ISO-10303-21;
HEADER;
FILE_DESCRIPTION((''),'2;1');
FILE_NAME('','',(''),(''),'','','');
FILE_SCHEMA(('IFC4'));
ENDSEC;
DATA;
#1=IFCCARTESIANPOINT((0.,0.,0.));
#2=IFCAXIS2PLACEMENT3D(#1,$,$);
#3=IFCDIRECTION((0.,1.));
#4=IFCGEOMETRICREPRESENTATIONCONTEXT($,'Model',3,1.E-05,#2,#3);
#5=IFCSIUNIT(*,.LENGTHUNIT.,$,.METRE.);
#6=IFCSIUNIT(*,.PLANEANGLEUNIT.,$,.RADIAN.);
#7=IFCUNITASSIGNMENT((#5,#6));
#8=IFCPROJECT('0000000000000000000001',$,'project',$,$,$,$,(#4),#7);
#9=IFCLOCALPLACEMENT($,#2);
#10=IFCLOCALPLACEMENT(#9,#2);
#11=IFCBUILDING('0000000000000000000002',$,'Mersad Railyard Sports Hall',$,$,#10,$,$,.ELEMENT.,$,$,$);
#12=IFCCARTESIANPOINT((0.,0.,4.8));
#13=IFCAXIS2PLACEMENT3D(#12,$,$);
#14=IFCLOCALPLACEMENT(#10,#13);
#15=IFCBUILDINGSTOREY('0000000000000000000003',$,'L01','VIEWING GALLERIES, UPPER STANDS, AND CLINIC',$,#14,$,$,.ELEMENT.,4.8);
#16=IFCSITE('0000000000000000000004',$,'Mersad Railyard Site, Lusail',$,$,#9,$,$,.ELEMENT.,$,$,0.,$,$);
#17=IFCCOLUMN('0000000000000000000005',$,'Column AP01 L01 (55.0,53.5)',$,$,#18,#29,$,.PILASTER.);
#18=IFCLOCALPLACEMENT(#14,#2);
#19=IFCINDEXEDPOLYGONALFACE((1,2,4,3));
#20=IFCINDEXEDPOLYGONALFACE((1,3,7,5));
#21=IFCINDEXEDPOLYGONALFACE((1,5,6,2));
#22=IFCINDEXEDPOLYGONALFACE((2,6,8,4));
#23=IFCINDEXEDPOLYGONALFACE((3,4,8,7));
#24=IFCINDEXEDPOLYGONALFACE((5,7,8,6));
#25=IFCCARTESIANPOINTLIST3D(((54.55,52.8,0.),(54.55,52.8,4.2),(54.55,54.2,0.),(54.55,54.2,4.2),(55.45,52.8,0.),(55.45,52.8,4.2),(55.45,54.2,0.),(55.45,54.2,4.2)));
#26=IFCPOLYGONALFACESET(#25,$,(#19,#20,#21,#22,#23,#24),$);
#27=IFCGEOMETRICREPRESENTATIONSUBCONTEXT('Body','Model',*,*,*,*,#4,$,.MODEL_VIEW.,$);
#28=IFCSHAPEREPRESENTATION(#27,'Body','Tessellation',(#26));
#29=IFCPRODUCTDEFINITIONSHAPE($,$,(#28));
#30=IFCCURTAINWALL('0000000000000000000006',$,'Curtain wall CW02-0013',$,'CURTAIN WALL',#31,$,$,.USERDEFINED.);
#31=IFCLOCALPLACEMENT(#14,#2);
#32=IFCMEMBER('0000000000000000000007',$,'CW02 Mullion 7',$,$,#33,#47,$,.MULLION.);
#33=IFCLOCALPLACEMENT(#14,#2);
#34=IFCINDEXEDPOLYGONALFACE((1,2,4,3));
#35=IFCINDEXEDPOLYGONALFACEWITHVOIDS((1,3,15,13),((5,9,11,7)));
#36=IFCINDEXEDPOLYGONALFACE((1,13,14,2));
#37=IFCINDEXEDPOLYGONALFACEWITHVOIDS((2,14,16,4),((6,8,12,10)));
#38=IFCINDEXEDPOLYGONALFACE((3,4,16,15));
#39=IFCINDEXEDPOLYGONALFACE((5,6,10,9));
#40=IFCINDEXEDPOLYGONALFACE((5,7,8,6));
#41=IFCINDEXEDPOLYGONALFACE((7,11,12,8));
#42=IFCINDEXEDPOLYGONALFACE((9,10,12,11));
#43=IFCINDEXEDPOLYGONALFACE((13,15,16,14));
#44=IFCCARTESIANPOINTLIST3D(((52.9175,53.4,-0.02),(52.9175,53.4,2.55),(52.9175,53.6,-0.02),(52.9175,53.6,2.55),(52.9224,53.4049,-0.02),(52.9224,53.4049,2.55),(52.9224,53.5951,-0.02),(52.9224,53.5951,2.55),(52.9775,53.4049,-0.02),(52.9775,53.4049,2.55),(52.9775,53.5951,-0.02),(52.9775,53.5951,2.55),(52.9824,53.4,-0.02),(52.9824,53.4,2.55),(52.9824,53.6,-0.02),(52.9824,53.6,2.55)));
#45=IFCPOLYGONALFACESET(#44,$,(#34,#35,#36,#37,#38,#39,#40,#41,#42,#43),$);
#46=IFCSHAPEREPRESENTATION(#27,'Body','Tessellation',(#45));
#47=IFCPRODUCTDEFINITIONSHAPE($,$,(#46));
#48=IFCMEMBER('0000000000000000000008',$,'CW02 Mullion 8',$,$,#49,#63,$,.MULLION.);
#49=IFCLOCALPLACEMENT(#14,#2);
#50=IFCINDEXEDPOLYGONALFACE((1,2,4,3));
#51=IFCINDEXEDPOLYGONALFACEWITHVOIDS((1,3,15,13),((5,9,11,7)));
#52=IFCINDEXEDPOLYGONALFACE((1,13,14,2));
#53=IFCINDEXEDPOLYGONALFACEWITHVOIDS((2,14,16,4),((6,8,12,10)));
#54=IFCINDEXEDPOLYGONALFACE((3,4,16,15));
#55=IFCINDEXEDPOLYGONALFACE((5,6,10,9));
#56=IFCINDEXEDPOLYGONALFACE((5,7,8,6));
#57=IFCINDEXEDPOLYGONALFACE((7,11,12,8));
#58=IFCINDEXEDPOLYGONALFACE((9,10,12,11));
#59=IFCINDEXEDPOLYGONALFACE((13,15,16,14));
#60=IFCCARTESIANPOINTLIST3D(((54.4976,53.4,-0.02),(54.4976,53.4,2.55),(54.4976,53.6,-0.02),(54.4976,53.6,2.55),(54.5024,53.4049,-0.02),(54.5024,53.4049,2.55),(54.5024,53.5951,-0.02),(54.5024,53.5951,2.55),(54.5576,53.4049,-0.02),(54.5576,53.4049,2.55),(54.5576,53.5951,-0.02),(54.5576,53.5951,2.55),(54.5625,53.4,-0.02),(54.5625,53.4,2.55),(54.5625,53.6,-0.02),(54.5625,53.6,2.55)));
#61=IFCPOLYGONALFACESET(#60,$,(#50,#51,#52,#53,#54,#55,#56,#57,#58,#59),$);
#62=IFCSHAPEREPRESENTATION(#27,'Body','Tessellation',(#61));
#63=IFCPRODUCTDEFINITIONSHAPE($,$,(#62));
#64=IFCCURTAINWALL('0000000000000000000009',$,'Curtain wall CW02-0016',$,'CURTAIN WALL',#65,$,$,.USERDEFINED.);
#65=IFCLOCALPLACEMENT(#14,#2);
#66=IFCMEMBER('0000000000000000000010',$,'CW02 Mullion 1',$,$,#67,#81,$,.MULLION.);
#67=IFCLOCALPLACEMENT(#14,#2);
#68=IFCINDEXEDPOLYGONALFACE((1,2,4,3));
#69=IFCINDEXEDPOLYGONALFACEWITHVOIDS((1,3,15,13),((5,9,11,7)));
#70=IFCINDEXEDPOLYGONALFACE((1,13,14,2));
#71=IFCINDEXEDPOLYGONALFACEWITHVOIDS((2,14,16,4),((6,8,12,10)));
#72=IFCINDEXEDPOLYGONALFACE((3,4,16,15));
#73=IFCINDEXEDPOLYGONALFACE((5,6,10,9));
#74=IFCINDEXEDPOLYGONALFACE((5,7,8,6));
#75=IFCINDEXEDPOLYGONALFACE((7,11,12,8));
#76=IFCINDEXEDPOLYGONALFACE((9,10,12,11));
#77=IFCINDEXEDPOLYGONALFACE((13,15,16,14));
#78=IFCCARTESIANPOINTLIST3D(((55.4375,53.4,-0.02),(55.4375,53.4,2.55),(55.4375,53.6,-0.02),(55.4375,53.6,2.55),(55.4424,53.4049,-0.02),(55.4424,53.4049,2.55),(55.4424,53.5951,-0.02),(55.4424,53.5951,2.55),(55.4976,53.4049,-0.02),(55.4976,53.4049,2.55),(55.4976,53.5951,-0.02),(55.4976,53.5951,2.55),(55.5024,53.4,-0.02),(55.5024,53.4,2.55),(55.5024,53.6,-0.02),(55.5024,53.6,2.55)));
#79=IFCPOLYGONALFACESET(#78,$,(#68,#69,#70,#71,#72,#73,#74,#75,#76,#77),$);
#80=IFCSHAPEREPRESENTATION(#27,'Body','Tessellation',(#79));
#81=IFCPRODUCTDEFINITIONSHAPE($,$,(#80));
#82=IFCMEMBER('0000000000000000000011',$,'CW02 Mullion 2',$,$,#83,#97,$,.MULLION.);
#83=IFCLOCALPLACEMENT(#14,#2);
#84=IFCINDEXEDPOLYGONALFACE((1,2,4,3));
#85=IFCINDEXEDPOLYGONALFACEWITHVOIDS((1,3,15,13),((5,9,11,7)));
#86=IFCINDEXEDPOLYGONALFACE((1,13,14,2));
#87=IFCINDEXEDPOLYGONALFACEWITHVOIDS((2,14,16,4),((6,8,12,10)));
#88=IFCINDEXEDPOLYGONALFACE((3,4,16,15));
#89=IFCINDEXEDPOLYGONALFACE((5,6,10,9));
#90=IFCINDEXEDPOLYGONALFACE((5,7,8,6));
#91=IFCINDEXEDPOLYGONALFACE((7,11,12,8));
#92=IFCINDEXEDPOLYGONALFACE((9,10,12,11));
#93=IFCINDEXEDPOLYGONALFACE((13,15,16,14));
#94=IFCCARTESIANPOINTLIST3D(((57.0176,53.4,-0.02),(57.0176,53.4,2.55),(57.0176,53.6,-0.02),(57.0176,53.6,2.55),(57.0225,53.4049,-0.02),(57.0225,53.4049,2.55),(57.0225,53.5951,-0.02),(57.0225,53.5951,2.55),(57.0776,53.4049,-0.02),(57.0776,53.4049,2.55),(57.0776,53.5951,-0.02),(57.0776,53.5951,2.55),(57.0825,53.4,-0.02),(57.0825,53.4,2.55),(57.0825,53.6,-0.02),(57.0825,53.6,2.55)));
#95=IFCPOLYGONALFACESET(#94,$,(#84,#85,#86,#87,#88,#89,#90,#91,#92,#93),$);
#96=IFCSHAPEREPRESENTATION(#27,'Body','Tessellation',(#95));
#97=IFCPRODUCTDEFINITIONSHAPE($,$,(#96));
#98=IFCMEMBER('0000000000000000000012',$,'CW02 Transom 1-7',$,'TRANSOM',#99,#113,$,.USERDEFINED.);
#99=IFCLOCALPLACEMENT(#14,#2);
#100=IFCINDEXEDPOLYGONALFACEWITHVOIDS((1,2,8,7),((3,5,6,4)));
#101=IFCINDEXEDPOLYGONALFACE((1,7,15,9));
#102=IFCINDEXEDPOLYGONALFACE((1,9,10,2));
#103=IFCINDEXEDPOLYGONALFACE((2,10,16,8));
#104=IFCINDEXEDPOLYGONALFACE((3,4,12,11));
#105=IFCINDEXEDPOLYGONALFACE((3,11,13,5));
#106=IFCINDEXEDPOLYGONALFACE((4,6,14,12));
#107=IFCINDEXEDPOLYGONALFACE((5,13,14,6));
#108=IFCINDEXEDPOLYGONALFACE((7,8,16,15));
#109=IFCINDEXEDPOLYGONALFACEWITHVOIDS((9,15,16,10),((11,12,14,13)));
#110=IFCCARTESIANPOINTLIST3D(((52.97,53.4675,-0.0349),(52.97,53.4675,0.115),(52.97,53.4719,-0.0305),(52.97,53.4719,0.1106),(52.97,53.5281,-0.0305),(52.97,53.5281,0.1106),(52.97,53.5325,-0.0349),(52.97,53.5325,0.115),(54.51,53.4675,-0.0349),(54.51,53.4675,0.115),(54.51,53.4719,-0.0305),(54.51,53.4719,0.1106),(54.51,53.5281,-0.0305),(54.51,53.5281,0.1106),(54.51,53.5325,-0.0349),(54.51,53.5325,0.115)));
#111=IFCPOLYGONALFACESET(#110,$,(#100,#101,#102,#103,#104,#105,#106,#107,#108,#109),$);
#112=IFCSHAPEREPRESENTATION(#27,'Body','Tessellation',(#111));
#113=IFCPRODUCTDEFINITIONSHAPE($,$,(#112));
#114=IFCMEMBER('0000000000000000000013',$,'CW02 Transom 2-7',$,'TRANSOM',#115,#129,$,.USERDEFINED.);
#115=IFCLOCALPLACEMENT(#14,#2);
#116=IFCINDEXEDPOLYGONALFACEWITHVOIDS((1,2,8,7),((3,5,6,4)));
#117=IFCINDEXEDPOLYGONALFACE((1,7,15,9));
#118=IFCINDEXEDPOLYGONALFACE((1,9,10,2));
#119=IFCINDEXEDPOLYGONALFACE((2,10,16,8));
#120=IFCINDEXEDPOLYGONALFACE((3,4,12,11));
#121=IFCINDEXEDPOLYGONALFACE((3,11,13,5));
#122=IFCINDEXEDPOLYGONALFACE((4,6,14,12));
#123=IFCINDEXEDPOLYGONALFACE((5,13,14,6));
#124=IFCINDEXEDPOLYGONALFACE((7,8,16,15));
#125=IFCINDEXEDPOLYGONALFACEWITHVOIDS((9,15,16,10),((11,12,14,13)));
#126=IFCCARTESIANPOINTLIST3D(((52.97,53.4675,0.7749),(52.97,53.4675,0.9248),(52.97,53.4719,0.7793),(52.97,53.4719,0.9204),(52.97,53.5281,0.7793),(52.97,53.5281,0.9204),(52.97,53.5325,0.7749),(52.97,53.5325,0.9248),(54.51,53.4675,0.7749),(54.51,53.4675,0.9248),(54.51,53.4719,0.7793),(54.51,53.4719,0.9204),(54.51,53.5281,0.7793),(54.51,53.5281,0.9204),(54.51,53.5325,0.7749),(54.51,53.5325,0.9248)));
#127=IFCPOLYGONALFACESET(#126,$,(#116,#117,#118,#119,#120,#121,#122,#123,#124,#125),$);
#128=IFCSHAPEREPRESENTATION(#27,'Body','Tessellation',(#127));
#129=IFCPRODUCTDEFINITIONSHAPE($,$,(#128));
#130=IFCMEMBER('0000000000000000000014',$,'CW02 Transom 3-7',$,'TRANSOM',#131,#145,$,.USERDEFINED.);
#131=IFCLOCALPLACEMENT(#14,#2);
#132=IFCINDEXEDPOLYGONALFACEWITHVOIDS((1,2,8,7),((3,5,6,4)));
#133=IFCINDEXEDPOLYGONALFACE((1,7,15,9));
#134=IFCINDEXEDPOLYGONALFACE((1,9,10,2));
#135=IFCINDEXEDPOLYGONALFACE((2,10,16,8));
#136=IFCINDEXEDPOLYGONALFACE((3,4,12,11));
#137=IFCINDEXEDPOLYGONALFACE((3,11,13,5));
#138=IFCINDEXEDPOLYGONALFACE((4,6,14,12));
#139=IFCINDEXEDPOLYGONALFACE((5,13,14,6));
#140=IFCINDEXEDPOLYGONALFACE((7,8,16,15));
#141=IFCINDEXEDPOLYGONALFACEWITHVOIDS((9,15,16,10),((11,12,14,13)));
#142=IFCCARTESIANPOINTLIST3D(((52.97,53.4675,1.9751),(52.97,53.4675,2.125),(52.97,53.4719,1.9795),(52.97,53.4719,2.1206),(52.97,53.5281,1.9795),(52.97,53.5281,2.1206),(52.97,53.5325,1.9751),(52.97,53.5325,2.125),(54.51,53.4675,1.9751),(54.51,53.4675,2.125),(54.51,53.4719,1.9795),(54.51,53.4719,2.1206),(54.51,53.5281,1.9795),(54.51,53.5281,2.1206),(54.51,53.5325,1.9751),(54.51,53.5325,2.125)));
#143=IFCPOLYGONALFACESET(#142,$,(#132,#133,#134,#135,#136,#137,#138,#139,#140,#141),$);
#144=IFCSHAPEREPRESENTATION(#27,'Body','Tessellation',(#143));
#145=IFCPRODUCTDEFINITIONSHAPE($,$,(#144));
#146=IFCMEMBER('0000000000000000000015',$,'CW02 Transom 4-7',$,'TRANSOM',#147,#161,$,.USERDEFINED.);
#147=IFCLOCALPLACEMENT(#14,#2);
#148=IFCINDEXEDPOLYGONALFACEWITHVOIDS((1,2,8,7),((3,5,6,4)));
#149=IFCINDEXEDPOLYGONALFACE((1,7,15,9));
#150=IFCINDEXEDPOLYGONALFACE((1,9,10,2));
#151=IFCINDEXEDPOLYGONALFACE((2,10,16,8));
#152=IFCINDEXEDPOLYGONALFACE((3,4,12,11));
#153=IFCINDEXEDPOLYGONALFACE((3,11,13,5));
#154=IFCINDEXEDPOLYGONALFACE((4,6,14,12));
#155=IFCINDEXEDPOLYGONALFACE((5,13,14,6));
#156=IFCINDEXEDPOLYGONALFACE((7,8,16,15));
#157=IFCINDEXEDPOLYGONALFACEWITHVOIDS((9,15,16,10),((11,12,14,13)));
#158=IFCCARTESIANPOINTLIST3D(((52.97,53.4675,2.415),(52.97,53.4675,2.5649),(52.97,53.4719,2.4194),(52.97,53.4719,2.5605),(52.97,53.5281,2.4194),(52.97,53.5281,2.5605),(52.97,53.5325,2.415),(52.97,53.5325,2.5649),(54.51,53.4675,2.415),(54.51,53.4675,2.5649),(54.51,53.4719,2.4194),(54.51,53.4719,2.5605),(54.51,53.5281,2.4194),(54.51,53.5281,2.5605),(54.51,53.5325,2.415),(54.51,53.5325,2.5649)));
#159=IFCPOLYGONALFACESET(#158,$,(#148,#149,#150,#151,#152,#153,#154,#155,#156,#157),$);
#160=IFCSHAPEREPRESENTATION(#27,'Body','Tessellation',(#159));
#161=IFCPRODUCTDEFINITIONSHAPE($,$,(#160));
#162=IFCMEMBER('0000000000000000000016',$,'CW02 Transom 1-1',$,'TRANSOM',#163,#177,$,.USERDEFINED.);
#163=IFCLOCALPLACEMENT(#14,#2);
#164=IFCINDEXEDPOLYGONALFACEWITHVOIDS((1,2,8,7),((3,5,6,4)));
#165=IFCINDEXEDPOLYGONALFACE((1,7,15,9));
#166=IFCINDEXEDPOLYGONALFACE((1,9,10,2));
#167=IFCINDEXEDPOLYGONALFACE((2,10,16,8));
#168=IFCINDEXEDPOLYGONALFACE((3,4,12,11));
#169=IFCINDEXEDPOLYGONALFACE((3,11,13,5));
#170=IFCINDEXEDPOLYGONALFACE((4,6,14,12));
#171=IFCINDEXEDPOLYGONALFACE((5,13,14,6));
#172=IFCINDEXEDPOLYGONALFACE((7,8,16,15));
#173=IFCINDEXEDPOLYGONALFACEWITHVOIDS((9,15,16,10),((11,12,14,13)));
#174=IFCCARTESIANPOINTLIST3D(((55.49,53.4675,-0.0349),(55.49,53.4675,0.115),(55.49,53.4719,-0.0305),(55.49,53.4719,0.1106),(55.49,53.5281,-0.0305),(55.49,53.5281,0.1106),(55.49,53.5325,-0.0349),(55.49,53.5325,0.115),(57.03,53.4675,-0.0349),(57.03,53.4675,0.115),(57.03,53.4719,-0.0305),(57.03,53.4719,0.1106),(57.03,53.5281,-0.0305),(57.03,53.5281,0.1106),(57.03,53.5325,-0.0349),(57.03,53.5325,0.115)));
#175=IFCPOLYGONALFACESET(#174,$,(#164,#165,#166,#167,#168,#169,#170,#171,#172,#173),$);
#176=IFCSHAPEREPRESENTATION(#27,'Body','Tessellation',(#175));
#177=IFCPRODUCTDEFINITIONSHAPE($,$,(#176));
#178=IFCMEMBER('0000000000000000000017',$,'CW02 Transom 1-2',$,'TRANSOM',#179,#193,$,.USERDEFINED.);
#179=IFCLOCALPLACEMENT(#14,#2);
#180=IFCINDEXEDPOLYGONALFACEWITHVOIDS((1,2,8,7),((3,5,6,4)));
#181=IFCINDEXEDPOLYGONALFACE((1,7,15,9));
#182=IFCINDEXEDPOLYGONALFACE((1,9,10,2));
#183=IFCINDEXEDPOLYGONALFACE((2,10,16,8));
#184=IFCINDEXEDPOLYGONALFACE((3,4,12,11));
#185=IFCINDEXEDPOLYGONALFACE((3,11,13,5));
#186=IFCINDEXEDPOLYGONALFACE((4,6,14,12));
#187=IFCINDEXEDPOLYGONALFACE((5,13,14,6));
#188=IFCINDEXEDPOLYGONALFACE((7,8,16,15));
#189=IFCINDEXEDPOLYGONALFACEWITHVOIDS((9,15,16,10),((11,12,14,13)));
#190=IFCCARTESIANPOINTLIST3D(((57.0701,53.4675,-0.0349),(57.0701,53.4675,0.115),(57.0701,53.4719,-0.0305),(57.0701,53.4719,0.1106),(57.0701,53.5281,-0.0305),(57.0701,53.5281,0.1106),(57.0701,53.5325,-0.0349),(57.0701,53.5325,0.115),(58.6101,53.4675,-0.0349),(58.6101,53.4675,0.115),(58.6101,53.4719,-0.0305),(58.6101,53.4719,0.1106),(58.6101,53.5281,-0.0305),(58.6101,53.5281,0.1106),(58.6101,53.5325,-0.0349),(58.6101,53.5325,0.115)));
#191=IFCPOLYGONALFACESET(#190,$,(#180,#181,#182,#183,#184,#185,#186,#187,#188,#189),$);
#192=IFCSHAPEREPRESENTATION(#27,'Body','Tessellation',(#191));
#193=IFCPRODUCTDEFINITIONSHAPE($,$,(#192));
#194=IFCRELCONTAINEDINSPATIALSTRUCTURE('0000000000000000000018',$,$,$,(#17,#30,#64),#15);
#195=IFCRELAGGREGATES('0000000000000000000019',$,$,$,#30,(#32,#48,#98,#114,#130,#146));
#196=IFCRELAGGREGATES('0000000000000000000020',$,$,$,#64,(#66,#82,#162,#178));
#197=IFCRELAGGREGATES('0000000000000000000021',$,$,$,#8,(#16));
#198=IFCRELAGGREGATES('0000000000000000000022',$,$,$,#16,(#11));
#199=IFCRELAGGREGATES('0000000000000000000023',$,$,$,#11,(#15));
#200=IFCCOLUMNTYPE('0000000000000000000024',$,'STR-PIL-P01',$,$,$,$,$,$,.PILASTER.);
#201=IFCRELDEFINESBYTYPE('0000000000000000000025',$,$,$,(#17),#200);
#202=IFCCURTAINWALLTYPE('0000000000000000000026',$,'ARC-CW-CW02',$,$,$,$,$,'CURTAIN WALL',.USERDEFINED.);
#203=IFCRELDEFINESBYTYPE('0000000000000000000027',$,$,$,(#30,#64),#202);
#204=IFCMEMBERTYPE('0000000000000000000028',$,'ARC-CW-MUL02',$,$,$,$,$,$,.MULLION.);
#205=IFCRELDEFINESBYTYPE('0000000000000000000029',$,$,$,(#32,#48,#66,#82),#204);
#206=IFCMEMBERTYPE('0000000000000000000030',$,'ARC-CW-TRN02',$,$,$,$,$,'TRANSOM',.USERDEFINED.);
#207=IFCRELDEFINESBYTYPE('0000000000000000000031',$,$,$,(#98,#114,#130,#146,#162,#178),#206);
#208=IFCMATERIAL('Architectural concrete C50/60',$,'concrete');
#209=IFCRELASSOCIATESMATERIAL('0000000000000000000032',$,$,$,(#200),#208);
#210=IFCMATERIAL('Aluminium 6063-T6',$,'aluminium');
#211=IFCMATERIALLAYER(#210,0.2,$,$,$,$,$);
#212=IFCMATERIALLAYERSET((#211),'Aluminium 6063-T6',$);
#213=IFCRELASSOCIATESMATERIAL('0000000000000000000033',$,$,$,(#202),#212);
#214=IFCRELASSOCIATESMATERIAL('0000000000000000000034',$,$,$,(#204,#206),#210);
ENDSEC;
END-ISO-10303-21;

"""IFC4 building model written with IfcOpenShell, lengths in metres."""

from ifc_helpers import new_model, si_unit, direction, frame, origin, origin_2d, place, context, subcontext, project, spatial, rectangle, hollow_rectangle, extrude, material, layer, layer_set, material_profile, profile_set, type_object, element, aggregate, save


model = new_model("IFC4")

# Units and contexts
model_context = context("Model", 3, precision=1e-05, world=origin(), true_north=direction((0.0, 1.0)))
body_context = subcontext(model_context, "Body", "Model", "MODEL_VIEW")
ifc_project = project(units=[si_unit("LENGTHUNIT", "METRE"), si_unit("PLANEANGLEUNIT", "RADIAN")], contexts=[model_context])

# Site, building, storey
site_placement = place(None, origin())
site = spatial("IfcSite", under=ifc_project, at=site_placement, Name="Mersad Railyard Site, Lusail", CompositionType="ELEMENT", RefElevation=0.0)
building_placement = place(site_placement, origin())
building = spatial("IfcBuilding", under=site, at=building_placement, Name="Mersad Railyard Sports Hall", CompositionType="ELEMENT")
storey_placement = place(building_placement, frame((0.0, 0.0, 4.8)))
storey = spatial("IfcBuildingStorey", under=building, at=storey_placement, Name="L01", Description="VIEWING GALLERIES, UPPER STANDS, AND CLINIC", CompositionType="ELEMENT", Elevation=4.8)

# Column
ifc_material_1 = material(Name="Architectural concrete C50/60", Category="concrete")
ifc_material_profile_1 = material_profile(ifc_material_1, rectangle(XDim=0.8999, YDim=1.3999, at=origin_2d()), Name="RC 900x1400")
ifc_profile_set_1 = profile_set([ifc_material_profile_1], Name="Architectural concrete C50/60")
column_type = type_object("IfcColumnType", Name="STR-PIL-P01", PredefinedType="PILASTER", material=ifc_profile_set_1)
column_placement = place(storey_placement, frame((55.0, 53.5, 0.0), z_axis=(0.0, 0.0, 1.0), x_axis=(1.0, 0.0, 0.0)))
element("IfcColumn", 1, at=column_placement, inside=storey, type_object=column_type, Name="Column AP01 L01 (55.0,53.5)", PredefinedType="PILASTER", context=body_context, shape_type="SweptSolid", body=[
    extrude(rectangle(XDim=0.8999, YDim=1.3999, at=origin_2d()), origin(), (0.0, 0.0, 1.0), 4.2),
])

# Curtain walls, members
ifc_material_2 = material(Name="Aluminium 6063-T6", Category="aluminium")
ifc_layer_1 = layer(ifc_material_2, 0.2)
ifc_layer_set_1 = layer_set([ifc_layer_1], Name="Aluminium 6063-T6")
curtain_wall_type = type_object("IfcCurtainWallType", Name="ARC-CW-CW02", ElementType="CURTAIN WALL", PredefinedType="USERDEFINED", material=ifc_layer_set_1)
curtain_wall_1_placement = place(storey_placement, origin())
curtain_wall_1 = element("IfcCurtainWall", 2, at=curtain_wall_1_placement, inside=storey, type_object=curtain_wall_type, Name="Curtain wall CW02-0013", ObjectType="CURTAIN WALL", PredefinedType="USERDEFINED")
ifc_material_profile_2 = material_profile(ifc_material_2, hollow_rectangle(XDim=0.0649, YDim=0.2, WallThickness=0.0049, at=origin_2d()), Name="AL MULLION 65x200x5")
ifc_profile_set_2 = profile_set([ifc_material_profile_2], Name="Aluminium 6063-T6")
member_type_1 = type_object("IfcMemberType", Name="ARC-CW-MUL02", PredefinedType="MULLION", material=ifc_profile_set_2)
member_1_placement = place(storey_placement, frame((52.95, 53.5, -0.02), z_axis=(0.0, 0.0, 1.0), x_axis=(1.0, 0.0, 0.0)))
member_1 = element("IfcMember", 3, at=member_1_placement, type_object=member_type_1, Name="CW02 Mullion 7", PredefinedType="MULLION", context=body_context, shape_type="SweptSolid", body=[
    extrude(hollow_rectangle(XDim=0.0649, YDim=0.2, WallThickness=0.0049, at=origin_2d()), origin(), (0.0, 0.0, 1.0), 2.5701),
])
member_2_placement = place(storey_placement, frame((54.53, 53.5, -0.02), z_axis=(0.0, 0.0, 1.0), x_axis=(1.0, 0.0, 0.0)))
member_2 = element("IfcMember", 4, at=member_2_placement, type_object=member_type_1, Name="CW02 Mullion 8", PredefinedType="MULLION", context=body_context, shape_type="SweptSolid", body=[
    extrude(hollow_rectangle(XDim=0.0649, YDim=0.2, WallThickness=0.0049, at=origin_2d()), origin(), (0.0, 0.0, 1.0), 2.5701),
])
curtain_wall_2_placement = place(storey_placement, origin())
curtain_wall_2 = element("IfcCurtainWall", 5, at=curtain_wall_2_placement, inside=storey, type_object=curtain_wall_type, Name="Curtain wall CW02-0016", ObjectType="CURTAIN WALL", PredefinedType="USERDEFINED")
member_3_placement = place(storey_placement, frame((55.47, 53.5, -0.02), z_axis=(0.0, 0.0, 1.0), x_axis=(1.0, 0.0, 0.0)))
member_3 = element("IfcMember", 6, at=member_3_placement, type_object=member_type_1, Name="CW02 Mullion 1", PredefinedType="MULLION", context=body_context, shape_type="SweptSolid", body=[
    extrude(hollow_rectangle(XDim=0.0649, YDim=0.2, WallThickness=0.0049, at=origin_2d()), origin(), (0.0, 0.0, 1.0), 2.5701),
])
member_4_placement = place(storey_placement, frame((57.05, 53.5, -0.02), z_axis=(0.0, 0.0, 1.0), x_axis=(1.0, 0.0, 0.0)))
member_4 = element("IfcMember", 7, at=member_4_placement, type_object=member_type_1, Name="CW02 Mullion 2", PredefinedType="MULLION", context=body_context, shape_type="SweptSolid", body=[
    extrude(hollow_rectangle(XDim=0.0649, YDim=0.2, WallThickness=0.0049, at=origin_2d()), origin(), (0.0, 0.0, 1.0), 2.5701),
])

# Members
ifc_material_profile_3 = material_profile(ifc_material_2, hollow_rectangle(XDim=0.0649, YDim=0.1499, WallThickness=0.0044, at=origin_2d()), Name="AL TRANSOM 65x150x4.5")
ifc_profile_set_3 = profile_set([ifc_material_profile_3], Name="Aluminium 6063-T6")
member_type_2 = type_object("IfcMemberType", Name="ARC-CW-TRN02", ElementType="TRANSOM", PredefinedType="USERDEFINED", material=ifc_profile_set_3)
member_5_placement = place(storey_placement, frame((52.97, 53.5, 0.04), z_axis=(1.0, 0.0, 0.0), x_axis=(0.0, 1.0, 0.0)))
member_5 = element("IfcMember", 8, at=member_5_placement, type_object=member_type_2, Name="CW02 Transom 1-7", ObjectType="TRANSOM", PredefinedType="USERDEFINED", context=body_context, shape_type="SweptSolid", body=[
    extrude(hollow_rectangle(XDim=0.0649, YDim=0.1499, WallThickness=0.0044, at=origin_2d()), origin(), (0.0, 0.0, 1.0), 1.54),
])
member_6_placement = place(storey_placement, frame((52.97, 53.5, 0.8499), z_axis=(1.0, 0.0, 0.0), x_axis=(0.0, 1.0, 0.0)))
member_6 = element("IfcMember", 9, at=member_6_placement, type_object=member_type_2, Name="CW02 Transom 2-7", ObjectType="TRANSOM", PredefinedType="USERDEFINED", context=body_context, shape_type="SweptSolid", body=[
    extrude(hollow_rectangle(XDim=0.0649, YDim=0.1499, WallThickness=0.0044, at=origin_2d()), origin(), (0.0, 0.0, 1.0), 1.54),
])
member_7_placement = place(storey_placement, frame((52.97, 53.5, 2.05), z_axis=(1.0, 0.0, 0.0), x_axis=(0.0, 1.0, 0.0)))
member_7 = element("IfcMember", 10, at=member_7_placement, type_object=member_type_2, Name="CW02 Transom 3-7", ObjectType="TRANSOM", PredefinedType="USERDEFINED", context=body_context, shape_type="SweptSolid", body=[
    extrude(hollow_rectangle(XDim=0.0649, YDim=0.1499, WallThickness=0.0044, at=origin_2d()), origin(), (0.0, 0.0, 1.0), 1.54),
])
member_8_placement = place(storey_placement, frame((52.97, 53.5, 2.49), z_axis=(1.0, 0.0, 0.0), x_axis=(0.0, 1.0, 0.0)))
member_8 = element("IfcMember", 11, at=member_8_placement, type_object=member_type_2, Name="CW02 Transom 4-7", ObjectType="TRANSOM", PredefinedType="USERDEFINED", context=body_context, shape_type="SweptSolid", body=[
    extrude(hollow_rectangle(XDim=0.0649, YDim=0.1499, WallThickness=0.0044, at=origin_2d()), origin(), (0.0, 0.0, 1.0), 1.54),
])
member_9_placement = place(storey_placement, frame((55.49, 53.5, 0.04), z_axis=(1.0, 0.0, 0.0), x_axis=(0.0, 1.0, 0.0)))
member_9 = element("IfcMember", 12, at=member_9_placement, type_object=member_type_2, Name="CW02 Transom 1-1", ObjectType="TRANSOM", PredefinedType="USERDEFINED", context=body_context, shape_type="SweptSolid", body=[
    extrude(hollow_rectangle(XDim=0.0649, YDim=0.1499, WallThickness=0.0044, at=origin_2d()), origin(), (0.0, 0.0, 1.0), 1.54),
])
member_10_placement = place(storey_placement, frame((57.0701, 53.5, 0.04), z_axis=(1.0, 0.0, 0.0), x_axis=(0.0, 1.0, 0.0)))
member_10 = element("IfcMember", 13, at=member_10_placement, type_object=member_type_2, Name="CW02 Transom 1-2", ObjectType="TRANSOM", PredefinedType="USERDEFINED", context=body_context, shape_type="SweptSolid", body=[
    extrude(hollow_rectangle(XDim=0.0649, YDim=0.1499, WallThickness=0.0044, at=origin_2d()), origin(), (0.0, 0.0, 1.0), 1.54),
])

aggregate(curtain_wall_1, [member_1, member_2, member_5, member_6, member_7, member_8])
aggregate(curtain_wall_2, [member_3, member_4, member_9, member_10])

save(model, "model.ifc")
